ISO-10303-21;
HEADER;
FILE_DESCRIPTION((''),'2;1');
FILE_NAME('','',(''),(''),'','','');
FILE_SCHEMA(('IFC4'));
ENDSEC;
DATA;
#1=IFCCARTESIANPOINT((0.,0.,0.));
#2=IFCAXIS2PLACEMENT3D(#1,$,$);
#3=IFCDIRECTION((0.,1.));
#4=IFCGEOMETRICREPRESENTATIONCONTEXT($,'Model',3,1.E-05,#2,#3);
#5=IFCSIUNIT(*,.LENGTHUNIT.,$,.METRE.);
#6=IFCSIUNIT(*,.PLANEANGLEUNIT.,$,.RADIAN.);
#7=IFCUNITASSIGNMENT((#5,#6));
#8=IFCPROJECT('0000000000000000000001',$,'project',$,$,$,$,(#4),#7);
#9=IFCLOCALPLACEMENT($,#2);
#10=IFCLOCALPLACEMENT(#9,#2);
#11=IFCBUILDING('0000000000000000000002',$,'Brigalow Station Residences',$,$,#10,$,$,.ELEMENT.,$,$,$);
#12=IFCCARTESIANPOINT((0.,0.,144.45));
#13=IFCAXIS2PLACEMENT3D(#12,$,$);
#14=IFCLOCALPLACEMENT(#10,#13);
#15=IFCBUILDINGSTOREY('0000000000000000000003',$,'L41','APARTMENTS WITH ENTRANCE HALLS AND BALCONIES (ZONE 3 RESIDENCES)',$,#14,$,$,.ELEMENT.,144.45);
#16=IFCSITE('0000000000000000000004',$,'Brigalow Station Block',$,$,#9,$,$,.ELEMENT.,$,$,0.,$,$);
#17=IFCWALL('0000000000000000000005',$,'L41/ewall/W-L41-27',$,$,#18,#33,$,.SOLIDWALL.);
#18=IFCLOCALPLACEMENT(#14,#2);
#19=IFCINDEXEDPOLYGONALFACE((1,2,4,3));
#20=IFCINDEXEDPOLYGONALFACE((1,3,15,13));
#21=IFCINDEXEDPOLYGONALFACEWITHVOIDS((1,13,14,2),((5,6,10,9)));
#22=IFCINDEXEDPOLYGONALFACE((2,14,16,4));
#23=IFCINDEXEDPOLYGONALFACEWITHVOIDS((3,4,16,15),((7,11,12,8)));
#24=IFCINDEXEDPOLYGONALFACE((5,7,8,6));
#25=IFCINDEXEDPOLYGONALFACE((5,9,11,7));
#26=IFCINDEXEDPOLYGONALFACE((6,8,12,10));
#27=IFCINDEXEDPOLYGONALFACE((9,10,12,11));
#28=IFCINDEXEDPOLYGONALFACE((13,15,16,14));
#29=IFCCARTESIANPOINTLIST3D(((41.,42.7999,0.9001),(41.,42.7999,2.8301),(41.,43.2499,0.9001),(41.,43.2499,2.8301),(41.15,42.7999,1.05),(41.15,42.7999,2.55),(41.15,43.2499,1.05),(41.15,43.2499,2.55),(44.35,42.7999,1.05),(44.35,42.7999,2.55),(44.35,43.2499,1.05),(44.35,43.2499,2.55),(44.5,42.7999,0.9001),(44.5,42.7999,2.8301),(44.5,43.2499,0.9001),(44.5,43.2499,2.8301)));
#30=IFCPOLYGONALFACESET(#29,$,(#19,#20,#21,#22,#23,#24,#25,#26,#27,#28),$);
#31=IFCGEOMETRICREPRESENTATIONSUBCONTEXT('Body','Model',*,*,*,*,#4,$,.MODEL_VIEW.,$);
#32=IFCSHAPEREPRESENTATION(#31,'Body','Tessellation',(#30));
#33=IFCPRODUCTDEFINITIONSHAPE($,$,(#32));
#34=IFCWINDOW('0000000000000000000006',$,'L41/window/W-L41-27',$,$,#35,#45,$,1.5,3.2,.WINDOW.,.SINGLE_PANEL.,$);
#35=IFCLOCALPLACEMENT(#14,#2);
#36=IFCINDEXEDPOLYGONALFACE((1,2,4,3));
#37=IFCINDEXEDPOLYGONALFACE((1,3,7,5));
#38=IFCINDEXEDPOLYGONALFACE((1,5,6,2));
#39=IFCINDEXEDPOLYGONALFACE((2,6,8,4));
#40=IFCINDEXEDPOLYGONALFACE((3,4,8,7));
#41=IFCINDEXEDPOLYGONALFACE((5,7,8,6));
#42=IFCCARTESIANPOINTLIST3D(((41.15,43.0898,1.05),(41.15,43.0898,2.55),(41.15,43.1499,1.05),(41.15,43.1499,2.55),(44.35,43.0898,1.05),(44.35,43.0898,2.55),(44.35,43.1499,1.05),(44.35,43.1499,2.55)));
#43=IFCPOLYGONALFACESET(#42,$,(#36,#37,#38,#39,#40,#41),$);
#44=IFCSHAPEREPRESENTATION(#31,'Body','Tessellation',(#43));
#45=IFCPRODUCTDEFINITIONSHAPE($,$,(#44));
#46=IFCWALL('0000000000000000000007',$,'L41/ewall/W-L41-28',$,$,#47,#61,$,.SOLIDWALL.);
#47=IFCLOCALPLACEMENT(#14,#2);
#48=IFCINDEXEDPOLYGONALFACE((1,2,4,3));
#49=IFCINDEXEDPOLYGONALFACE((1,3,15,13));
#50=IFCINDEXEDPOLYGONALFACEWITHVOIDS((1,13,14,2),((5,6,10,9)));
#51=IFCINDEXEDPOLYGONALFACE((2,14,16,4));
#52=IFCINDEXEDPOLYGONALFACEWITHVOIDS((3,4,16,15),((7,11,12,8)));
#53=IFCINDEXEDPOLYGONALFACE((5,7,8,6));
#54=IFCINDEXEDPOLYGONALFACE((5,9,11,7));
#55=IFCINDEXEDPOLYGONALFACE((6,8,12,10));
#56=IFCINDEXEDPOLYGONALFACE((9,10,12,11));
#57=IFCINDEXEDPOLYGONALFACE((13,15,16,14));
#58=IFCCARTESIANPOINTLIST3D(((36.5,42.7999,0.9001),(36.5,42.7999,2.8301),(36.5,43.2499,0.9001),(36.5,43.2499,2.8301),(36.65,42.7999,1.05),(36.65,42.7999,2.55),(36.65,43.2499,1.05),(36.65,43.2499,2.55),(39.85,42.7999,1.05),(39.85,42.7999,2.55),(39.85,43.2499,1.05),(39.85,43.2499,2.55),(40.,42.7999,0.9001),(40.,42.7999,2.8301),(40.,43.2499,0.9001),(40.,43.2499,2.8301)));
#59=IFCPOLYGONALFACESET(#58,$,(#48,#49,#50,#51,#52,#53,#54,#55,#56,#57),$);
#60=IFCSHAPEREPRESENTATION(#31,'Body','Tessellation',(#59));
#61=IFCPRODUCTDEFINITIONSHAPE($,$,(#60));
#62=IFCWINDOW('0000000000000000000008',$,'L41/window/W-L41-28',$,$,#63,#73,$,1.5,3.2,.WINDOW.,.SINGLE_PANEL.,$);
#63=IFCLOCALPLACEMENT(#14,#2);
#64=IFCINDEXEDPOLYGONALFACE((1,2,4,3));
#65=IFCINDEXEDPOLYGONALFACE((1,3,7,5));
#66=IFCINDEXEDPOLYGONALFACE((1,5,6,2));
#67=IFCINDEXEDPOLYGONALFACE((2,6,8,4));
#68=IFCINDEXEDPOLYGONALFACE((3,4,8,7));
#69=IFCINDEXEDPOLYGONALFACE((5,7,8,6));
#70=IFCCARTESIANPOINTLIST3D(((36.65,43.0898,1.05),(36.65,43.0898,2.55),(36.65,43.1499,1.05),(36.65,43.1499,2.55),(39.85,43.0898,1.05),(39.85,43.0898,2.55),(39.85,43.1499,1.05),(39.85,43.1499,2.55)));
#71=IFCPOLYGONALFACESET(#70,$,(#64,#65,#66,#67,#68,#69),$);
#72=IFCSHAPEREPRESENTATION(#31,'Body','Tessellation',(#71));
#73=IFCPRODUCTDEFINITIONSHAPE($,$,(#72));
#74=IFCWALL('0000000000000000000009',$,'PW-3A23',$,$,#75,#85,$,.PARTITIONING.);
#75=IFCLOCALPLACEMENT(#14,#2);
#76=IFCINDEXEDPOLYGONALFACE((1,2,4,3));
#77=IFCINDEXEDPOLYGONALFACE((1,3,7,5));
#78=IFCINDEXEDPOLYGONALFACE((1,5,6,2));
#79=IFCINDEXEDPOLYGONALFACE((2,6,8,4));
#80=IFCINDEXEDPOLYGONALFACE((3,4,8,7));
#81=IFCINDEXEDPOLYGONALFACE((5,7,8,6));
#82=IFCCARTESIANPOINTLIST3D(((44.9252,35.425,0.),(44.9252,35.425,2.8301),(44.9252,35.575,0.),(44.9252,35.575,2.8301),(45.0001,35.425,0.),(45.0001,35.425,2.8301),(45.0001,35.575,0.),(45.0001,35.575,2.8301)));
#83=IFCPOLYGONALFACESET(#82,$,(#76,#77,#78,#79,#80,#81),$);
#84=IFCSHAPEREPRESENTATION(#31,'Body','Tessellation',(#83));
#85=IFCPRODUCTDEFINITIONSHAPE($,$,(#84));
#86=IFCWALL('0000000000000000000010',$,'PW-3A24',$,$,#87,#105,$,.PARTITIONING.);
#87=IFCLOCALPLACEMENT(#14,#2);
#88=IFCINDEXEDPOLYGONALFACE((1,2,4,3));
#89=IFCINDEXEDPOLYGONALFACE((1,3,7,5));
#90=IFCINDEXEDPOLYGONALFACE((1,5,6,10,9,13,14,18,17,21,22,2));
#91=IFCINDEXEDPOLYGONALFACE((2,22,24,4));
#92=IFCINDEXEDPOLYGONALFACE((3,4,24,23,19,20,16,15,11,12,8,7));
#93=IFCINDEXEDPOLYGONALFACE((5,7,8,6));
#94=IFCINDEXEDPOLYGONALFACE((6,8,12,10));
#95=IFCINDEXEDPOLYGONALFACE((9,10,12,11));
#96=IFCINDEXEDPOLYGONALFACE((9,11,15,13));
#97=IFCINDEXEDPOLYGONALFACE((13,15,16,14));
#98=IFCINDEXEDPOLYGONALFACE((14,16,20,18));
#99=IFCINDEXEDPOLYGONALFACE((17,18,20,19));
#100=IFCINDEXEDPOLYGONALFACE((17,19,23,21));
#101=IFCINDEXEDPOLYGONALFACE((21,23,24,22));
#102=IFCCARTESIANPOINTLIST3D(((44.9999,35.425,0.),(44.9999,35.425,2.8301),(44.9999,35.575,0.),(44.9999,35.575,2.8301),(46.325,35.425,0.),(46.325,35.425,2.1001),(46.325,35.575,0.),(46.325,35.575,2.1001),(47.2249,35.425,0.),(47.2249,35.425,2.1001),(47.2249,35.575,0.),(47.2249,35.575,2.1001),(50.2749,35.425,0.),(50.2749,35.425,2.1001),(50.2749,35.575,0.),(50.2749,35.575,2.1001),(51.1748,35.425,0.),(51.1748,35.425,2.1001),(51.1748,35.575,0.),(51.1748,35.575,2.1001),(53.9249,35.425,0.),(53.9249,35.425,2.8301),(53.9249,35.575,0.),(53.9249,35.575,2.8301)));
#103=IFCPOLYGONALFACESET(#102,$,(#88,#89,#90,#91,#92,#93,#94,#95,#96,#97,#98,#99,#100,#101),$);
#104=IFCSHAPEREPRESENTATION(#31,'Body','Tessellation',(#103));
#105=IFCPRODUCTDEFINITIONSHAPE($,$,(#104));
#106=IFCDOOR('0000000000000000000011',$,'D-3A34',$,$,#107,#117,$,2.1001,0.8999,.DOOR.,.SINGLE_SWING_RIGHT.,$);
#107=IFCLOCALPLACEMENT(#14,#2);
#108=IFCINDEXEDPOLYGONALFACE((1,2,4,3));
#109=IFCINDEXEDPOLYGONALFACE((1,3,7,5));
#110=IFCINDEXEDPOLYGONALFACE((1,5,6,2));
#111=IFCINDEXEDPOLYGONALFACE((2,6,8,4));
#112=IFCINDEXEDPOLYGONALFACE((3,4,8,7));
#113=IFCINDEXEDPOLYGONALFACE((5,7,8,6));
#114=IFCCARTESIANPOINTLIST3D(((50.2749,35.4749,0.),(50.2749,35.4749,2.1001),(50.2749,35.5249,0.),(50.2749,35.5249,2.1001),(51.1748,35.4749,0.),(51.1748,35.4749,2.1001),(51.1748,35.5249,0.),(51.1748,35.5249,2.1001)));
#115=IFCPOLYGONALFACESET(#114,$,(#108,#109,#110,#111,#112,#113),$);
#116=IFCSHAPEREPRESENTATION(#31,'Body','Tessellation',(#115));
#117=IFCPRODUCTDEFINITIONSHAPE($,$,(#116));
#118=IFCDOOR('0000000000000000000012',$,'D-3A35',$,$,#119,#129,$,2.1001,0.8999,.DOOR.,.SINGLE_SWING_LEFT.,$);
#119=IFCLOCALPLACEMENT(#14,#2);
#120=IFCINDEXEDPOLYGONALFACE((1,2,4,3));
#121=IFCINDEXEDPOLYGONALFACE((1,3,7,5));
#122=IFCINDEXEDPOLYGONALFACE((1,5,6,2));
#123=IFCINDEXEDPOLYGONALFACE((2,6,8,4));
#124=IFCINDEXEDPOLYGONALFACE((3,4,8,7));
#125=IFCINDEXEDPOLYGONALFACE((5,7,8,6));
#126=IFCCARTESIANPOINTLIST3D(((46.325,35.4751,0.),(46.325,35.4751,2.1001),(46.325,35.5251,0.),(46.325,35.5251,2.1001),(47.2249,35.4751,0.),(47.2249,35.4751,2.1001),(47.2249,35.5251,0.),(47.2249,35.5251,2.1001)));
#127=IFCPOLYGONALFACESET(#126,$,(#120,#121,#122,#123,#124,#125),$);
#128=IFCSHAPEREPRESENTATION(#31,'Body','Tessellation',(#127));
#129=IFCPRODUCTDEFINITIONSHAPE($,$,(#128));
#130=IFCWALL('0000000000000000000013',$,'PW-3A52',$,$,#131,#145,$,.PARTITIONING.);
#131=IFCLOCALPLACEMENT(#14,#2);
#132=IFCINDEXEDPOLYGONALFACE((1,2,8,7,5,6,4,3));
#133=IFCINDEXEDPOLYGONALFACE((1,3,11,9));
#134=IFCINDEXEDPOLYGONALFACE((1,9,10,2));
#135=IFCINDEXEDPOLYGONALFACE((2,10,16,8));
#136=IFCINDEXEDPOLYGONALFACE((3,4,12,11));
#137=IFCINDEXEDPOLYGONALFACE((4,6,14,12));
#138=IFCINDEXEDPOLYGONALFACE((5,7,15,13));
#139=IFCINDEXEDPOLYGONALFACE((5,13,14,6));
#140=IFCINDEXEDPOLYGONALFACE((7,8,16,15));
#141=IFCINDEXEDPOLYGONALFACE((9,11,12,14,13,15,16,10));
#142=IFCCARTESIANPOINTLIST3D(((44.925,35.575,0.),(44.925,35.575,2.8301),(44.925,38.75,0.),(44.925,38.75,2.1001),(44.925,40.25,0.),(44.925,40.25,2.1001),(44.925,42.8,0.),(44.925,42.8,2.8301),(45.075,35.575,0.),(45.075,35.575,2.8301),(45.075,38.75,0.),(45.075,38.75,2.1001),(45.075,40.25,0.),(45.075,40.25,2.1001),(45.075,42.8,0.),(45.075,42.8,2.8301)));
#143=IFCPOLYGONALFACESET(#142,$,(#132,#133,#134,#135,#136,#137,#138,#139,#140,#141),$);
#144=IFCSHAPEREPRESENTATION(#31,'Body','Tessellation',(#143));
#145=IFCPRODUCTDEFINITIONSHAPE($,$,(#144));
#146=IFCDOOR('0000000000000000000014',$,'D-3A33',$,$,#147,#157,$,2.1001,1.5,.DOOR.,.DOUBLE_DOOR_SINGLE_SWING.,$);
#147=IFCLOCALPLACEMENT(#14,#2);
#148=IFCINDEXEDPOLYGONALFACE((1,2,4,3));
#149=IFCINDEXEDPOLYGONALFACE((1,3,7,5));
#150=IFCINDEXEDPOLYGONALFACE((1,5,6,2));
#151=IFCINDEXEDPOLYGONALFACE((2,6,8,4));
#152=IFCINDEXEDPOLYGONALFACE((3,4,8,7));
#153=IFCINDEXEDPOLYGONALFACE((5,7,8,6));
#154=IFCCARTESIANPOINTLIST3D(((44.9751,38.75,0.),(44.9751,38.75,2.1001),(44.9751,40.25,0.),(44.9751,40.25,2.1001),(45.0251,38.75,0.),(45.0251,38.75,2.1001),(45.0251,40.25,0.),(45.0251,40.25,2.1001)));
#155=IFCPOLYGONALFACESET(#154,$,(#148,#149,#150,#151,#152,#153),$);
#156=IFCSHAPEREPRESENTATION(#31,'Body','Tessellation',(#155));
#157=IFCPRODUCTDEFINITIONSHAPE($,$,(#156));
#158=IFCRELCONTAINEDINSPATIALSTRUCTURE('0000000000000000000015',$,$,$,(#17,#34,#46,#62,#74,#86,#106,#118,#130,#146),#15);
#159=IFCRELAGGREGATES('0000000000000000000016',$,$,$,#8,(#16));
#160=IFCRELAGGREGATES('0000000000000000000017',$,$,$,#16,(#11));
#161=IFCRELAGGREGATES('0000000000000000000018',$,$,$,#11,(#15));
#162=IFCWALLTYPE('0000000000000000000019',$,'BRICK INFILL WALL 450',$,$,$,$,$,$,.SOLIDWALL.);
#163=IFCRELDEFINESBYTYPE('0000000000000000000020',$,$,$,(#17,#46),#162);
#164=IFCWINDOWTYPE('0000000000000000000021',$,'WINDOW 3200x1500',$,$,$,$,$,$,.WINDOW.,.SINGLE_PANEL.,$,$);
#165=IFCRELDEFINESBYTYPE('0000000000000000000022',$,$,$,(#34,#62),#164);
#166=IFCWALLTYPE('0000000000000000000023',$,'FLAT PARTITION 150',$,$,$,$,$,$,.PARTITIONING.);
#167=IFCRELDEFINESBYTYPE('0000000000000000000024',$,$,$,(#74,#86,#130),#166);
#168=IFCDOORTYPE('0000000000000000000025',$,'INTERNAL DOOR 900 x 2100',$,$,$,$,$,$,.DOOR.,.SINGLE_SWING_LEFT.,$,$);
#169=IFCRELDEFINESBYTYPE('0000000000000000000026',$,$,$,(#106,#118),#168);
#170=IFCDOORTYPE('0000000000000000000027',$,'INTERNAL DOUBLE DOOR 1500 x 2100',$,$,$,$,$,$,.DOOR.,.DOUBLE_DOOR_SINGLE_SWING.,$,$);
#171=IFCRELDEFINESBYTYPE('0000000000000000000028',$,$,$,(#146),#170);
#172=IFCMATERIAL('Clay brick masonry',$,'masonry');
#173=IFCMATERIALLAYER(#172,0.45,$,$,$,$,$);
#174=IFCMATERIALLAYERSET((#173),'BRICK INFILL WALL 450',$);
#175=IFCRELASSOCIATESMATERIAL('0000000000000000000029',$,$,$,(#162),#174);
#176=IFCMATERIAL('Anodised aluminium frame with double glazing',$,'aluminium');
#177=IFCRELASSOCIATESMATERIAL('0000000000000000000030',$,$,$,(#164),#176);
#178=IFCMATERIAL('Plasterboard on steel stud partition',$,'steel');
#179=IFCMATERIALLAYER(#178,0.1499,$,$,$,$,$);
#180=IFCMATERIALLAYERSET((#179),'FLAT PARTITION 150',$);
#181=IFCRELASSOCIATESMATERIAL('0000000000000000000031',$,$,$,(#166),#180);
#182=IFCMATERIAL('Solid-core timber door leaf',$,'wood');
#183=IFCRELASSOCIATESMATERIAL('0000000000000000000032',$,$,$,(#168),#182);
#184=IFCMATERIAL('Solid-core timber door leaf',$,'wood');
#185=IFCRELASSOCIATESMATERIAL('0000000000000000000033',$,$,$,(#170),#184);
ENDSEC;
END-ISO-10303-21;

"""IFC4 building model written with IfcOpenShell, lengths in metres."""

from ifc_helpers import new_model, si_unit, direction, frame, frame_2d, origin, place, context, subcontext, project, spatial, rectangle, extrude, material, layer, layer_set, type_object, element, fill, save


model = new_model("IFC4")

# Units and contexts
model_context = context("Model", 3, precision=1e-05, world=origin(), true_north=direction((0.0, 1.0)))
body_context = subcontext(model_context, "Body", "Model", "MODEL_VIEW")
ifc_project = project(units=[si_unit("LENGTHUNIT", "METRE"), si_unit("PLANEANGLEUNIT", "RADIAN")], contexts=[model_context])

# Site, building, storey
site_placement = place(None, origin())
site = spatial("IfcSite", under=ifc_project, at=site_placement, Name="Brigalow Station Block", CompositionType="ELEMENT", RefElevation=0.0)
building_placement = place(site_placement, origin())
building = spatial("IfcBuilding", under=site, at=building_placement, Name="Brigalow Station Residences", CompositionType="ELEMENT")
storey_placement = place(building_placement, frame((0.0, 0.0, 144.45)))
storey = spatial("IfcBuildingStorey", under=building, at=storey_placement, Name="L41", Description="APARTMENTS WITH ENTRANCE HALLS AND BALCONIES (ZONE 3 RESIDENCES)", CompositionType="ELEMENT", Elevation=144.45)

# Walls, openings, windows
ifc_material_1 = material(Name="Clay brick masonry", Category="masonry")
ifc_layer_1 = layer(ifc_material_1, 0.45)
ifc_layer_set_1 = layer_set([ifc_layer_1], Name="BRICK INFILL WALL 450")
wall_type_1 = type_object("IfcWallType", Name="BRICK INFILL WALL 450", PredefinedType="SOLIDWALL", material=ifc_layer_set_1)
wall_1_placement = place(storey_placement, frame((44.5, 43.0249, 0.9001), z_axis=(0.0, 0.0, 1.0), x_axis=(-1.0, 0.0, 0.0)))
wall_1 = element("IfcWall", 1, at=wall_1_placement, inside=storey, type_object=wall_type_1, Name="L41/ewall/W-L41-27", PredefinedType="SOLIDWALL", context=body_context, shape_type="SweptSolid", body=[
    extrude(rectangle(XDim=3.5, YDim=0.45, at=frame_2d((1.75, 0.0))), origin(), (0.0, 0.0, 1.0), 1.9299),
])
opening_1_placement = place(wall_1_placement, frame((0.1499, 0.0, 0.1499)))
opening_1 = element("IfcOpeningElement", 2, at=opening_1_placement, cuts=wall_1, PredefinedType="OPENING", context=body_context, shape_type="SweptSolid", body=[
    extrude(rectangle(XDim=3.2, YDim=1.5, at=frame_2d((1.6001, 0.75))), frame((0.0, 0.2349, 0.0), z_axis=(0.0, -1.0, 0.0), x_axis=(1.0, 0.0, 0.0)), (0.0, 0.0, 1.0), 0.47),
])
ifc_material_2 = material(Name="Anodised aluminium frame with double glazing", Category="aluminium")
window_type = type_object("IfcWindowType", Name="WINDOW 3200x1500", PartitioningType="SINGLE_PANEL", PredefinedType="WINDOW", material=ifc_material_2)
window_1_placement = place(opening_1_placement, origin())
window_1 = element("IfcWindow", 3, at=window_1_placement, inside=storey, type_object=window_type, Name="L41/window/W-L41-27", OverallHeight=1.5, OverallWidth=3.2, PartitioningType="SINGLE_PANEL", PredefinedType="WINDOW", context=body_context, shape_type="SweptSolid", body=[
    extrude(rectangle(XDim=3.2, YDim=1.5, at=frame_2d((1.6001, 0.75))), frame((0.0, -0.0649, 0.0), z_axis=(0.0, -1.0, 0.0), x_axis=(1.0, 0.0, 0.0)), (0.0, 0.0, 1.0), 0.0601),
])
fill(opening_1, window_1)
wall_2_placement = place(storey_placement, frame((40.0, 43.0249, 0.9001), z_axis=(0.0, 0.0, 1.0), x_axis=(-1.0, 0.0, 0.0)))
wall_2 = element("IfcWall", 4, at=wall_2_placement, inside=storey, type_object=wall_type_1, Name="L41/ewall/W-L41-28", PredefinedType="SOLIDWALL", context=body_context, shape_type="SweptSolid", body=[
    extrude(rectangle(XDim=3.5, YDim=0.45, at=frame_2d((1.75, 0.0))), origin(), (0.0, 0.0, 1.0), 1.9299),
])
opening_2_placement = place(wall_2_placement, frame((0.1499, 0.0, 0.1499)))
opening_2 = element("IfcOpeningElement", 5, at=opening_2_placement, cuts=wall_2, PredefinedType="OPENING", context=body_context, shape_type="SweptSolid", body=[
    extrude(rectangle(XDim=3.2, YDim=1.5, at=frame_2d((1.6001, 0.75))), frame((0.0, 0.2349, 0.0), z_axis=(0.0, -1.0, 0.0), x_axis=(1.0, 0.0, 0.0)), (0.0, 0.0, 1.0), 0.47),
])
window_2_placement = place(opening_2_placement, origin())
window_2 = element("IfcWindow", 6, at=window_2_placement, inside=storey, type_object=window_type, Name="L41/window/W-L41-28", OverallHeight=1.5, OverallWidth=3.2, PartitioningType="SINGLE_PANEL", PredefinedType="WINDOW", context=body_context, shape_type="SweptSolid", body=[
    extrude(rectangle(XDim=3.2, YDim=1.5, at=frame_2d((1.6001, 0.75))), frame((0.0, -0.0649, 0.0), z_axis=(0.0, -1.0, 0.0), x_axis=(1.0, 0.0, 0.0)), (0.0, 0.0, 1.0), 0.0601),
])
fill(opening_2, window_2)

# Wall
ifc_material_3 = material(Name="Plasterboard on steel stud partition", Category="steel")
ifc_layer_2 = layer(ifc_material_3, 0.1499)
ifc_layer_set_2 = layer_set([ifc_layer_2], Name="FLAT PARTITION 150")
wall_type_2 = type_object("IfcWallType", Name="FLAT PARTITION 150", PredefinedType="PARTITIONING", material=ifc_layer_set_2)
wall_3_placement = place(storey_placement, frame((44.925, 35.5, 0.0), z_axis=(0.0, 0.0, 1.0), x_axis=(1.0, 0.0, 0.0)))
element("IfcWall", 7, at=wall_3_placement, inside=storey, type_object=wall_type_2, Name="PW-3A23", PredefinedType="PARTITIONING", context=body_context, shape_type="SweptSolid", body=[
    extrude(rectangle(XDim=0.075, YDim=0.1499, at=frame_2d((0.0376, 0.0))), origin(), (0.0, 0.0, 1.0), 2.8301),
])

# Wall, openings, doors
wall_4_placement = place(storey_placement, frame((45.0, 35.5, 0.0), z_axis=(0.0, 0.0, 1.0), x_axis=(1.0, 0.0, 0.0)))
wall_4 = element("IfcWall", 8, at=wall_4_placement, inside=storey, type_object=wall_type_2, Name="PW-3A24", PredefinedType="PARTITIONING", context=body_context, shape_type="SweptSolid", body=[
    extrude(rectangle(XDim=8.925, YDim=0.1499, at=frame_2d((4.4624, 0.0))), origin(), (0.0, 0.0, 1.0), 2.8301),
])
opening_3_placement = place(wall_4_placement, frame((5.2749, 0.0, 0.0)))
opening_3 = element("IfcOpeningElement", 9, at=opening_3_placement, cuts=wall_4, PredefinedType="OPENING", context=body_context, shape_type="SweptSolid", body=[
    extrude(rectangle(XDim=0.8999, YDim=2.1001, at=frame_2d((0.45, 1.05))), frame((0.0, 0.085, 0.0), z_axis=(0.0, -1.0, 0.0), x_axis=(1.0, 0.0, 0.0)), (0.0, 0.0, 1.0), 0.1699),
])
opening_4_placement = place(wall_4_placement, frame((1.325, 0.0, 0.0)))
opening_4 = element("IfcOpeningElement", 10, at=opening_4_placement, cuts=wall_4, PredefinedType="OPENING", context=body_context, shape_type="SweptSolid", body=[
    extrude(rectangle(XDim=0.8999, YDim=2.1001, at=frame_2d((0.45, 1.05))), frame((0.0, 0.085, 0.0), z_axis=(0.0, -1.0, 0.0), x_axis=(1.0, 0.0, 0.0)), (0.0, 0.0, 1.0), 0.1699),
])
ifc_material_4 = material(Name="Solid-core timber door leaf", Category="wood")
door_type_1 = type_object("IfcDoorType", Name="INTERNAL DOOR 900 x 2100", OperationType="SINGLE_SWING_LEFT", PredefinedType="DOOR", material=ifc_material_4)
door_1_placement = place(opening_3_placement, origin())
door_1 = element("IfcDoor", 11, at=door_1_placement, inside=storey, type_object=door_type_1, Name="D-3A34", OperationType="SINGLE_SWING_RIGHT", OverallHeight=2.1001, OverallWidth=0.8999, PredefinedType="DOOR", context=body_context, shape_type="SweptSolid", body=[
    extrude(rectangle(XDim=0.8999, YDim=2.1001, at=frame_2d((0.45, 1.05))), frame((0.0, 0.0249, 0.0), z_axis=(0.0, -1.0, 0.0), x_axis=(1.0, 0.0, 0.0)), (0.0, 0.0, 1.0), 0.05),
])
fill(opening_3, door_1)
door_2_placement = place(opening_4_placement, frame((0.8999, 0.0, 0.0), z_axis=(0.0, 0.0, 1.0), x_axis=(-1.0, 0.0, 0.0)))
door_2 = element("IfcDoor", 12, at=door_2_placement, inside=storey, type_object=door_type_1, Name="D-3A35", OperationType="SINGLE_SWING_LEFT", OverallHeight=2.1001, OverallWidth=0.8999, PredefinedType="DOOR", context=body_context, shape_type="SweptSolid", body=[
    extrude(rectangle(XDim=0.8999, YDim=2.1001, at=frame_2d((0.45, 1.05))), frame((0.0, 0.0249, 0.0), z_axis=(0.0, -1.0, 0.0), x_axis=(1.0, 0.0, 0.0)), (0.0, 0.0, 1.0), 0.05),
])
fill(opening_4, door_2)

# Wall, opening, door
wall_5_placement = place(storey_placement, frame((45.0, 35.575, 0.0), z_axis=(0.0, 0.0, 1.0), x_axis=(0.0, 1.0, 0.0)))
wall_5 = element("IfcWall", 13, at=wall_5_placement, inside=storey, type_object=wall_type_2, Name="PW-3A52", PredefinedType="PARTITIONING", context=body_context, shape_type="SweptSolid", body=[
    extrude(rectangle(XDim=7.2251, YDim=0.1499, at=frame_2d((3.6125, 0.0))), origin(), (0.0, 0.0, 1.0), 2.8301),
])
opening_5_placement = place(wall_5_placement, frame((3.175, 0.0, 0.0)))
opening_5 = element("IfcOpeningElement", 14, at=opening_5_placement, cuts=wall_5, PredefinedType="OPENING", context=body_context, shape_type="SweptSolid", body=[
    extrude(rectangle(XDim=1.5, YDim=2.1001, at=frame_2d((0.75, 1.05))), frame((0.0, 0.085, 0.0), z_axis=(0.0, -1.0, 0.0), x_axis=(1.0, 0.0, 0.0)), (0.0, 0.0, 1.0), 0.1699),
])
ifc_material_5 = material(Name="Solid-core timber door leaf", Category="wood")
door_type_2 = type_object("IfcDoorType", Name="INTERNAL DOUBLE DOOR 1500 x 2100", OperationType="DOUBLE_DOOR_SINGLE_SWING", PredefinedType="DOOR", material=ifc_material_5)
door_3_placement = place(opening_5_placement, origin())
door_3 = element("IfcDoor", 15, at=door_3_placement, inside=storey, type_object=door_type_2, Name="D-3A33", OperationType="DOUBLE_DOOR_SINGLE_SWING", OverallHeight=2.1001, OverallWidth=1.5, PredefinedType="DOOR", context=body_context, shape_type="SweptSolid", body=[
    extrude(rectangle(XDim=1.5, YDim=2.1001, at=frame_2d((0.75, 1.05))), frame((0.0, 0.0249, 0.0), z_axis=(0.0, -1.0, 0.0), x_axis=(1.0, 0.0, 0.0)), (0.0, 0.0, 1.0), 0.05),
])
fill(opening_5, door_3)

save(model, "model.ifc")
